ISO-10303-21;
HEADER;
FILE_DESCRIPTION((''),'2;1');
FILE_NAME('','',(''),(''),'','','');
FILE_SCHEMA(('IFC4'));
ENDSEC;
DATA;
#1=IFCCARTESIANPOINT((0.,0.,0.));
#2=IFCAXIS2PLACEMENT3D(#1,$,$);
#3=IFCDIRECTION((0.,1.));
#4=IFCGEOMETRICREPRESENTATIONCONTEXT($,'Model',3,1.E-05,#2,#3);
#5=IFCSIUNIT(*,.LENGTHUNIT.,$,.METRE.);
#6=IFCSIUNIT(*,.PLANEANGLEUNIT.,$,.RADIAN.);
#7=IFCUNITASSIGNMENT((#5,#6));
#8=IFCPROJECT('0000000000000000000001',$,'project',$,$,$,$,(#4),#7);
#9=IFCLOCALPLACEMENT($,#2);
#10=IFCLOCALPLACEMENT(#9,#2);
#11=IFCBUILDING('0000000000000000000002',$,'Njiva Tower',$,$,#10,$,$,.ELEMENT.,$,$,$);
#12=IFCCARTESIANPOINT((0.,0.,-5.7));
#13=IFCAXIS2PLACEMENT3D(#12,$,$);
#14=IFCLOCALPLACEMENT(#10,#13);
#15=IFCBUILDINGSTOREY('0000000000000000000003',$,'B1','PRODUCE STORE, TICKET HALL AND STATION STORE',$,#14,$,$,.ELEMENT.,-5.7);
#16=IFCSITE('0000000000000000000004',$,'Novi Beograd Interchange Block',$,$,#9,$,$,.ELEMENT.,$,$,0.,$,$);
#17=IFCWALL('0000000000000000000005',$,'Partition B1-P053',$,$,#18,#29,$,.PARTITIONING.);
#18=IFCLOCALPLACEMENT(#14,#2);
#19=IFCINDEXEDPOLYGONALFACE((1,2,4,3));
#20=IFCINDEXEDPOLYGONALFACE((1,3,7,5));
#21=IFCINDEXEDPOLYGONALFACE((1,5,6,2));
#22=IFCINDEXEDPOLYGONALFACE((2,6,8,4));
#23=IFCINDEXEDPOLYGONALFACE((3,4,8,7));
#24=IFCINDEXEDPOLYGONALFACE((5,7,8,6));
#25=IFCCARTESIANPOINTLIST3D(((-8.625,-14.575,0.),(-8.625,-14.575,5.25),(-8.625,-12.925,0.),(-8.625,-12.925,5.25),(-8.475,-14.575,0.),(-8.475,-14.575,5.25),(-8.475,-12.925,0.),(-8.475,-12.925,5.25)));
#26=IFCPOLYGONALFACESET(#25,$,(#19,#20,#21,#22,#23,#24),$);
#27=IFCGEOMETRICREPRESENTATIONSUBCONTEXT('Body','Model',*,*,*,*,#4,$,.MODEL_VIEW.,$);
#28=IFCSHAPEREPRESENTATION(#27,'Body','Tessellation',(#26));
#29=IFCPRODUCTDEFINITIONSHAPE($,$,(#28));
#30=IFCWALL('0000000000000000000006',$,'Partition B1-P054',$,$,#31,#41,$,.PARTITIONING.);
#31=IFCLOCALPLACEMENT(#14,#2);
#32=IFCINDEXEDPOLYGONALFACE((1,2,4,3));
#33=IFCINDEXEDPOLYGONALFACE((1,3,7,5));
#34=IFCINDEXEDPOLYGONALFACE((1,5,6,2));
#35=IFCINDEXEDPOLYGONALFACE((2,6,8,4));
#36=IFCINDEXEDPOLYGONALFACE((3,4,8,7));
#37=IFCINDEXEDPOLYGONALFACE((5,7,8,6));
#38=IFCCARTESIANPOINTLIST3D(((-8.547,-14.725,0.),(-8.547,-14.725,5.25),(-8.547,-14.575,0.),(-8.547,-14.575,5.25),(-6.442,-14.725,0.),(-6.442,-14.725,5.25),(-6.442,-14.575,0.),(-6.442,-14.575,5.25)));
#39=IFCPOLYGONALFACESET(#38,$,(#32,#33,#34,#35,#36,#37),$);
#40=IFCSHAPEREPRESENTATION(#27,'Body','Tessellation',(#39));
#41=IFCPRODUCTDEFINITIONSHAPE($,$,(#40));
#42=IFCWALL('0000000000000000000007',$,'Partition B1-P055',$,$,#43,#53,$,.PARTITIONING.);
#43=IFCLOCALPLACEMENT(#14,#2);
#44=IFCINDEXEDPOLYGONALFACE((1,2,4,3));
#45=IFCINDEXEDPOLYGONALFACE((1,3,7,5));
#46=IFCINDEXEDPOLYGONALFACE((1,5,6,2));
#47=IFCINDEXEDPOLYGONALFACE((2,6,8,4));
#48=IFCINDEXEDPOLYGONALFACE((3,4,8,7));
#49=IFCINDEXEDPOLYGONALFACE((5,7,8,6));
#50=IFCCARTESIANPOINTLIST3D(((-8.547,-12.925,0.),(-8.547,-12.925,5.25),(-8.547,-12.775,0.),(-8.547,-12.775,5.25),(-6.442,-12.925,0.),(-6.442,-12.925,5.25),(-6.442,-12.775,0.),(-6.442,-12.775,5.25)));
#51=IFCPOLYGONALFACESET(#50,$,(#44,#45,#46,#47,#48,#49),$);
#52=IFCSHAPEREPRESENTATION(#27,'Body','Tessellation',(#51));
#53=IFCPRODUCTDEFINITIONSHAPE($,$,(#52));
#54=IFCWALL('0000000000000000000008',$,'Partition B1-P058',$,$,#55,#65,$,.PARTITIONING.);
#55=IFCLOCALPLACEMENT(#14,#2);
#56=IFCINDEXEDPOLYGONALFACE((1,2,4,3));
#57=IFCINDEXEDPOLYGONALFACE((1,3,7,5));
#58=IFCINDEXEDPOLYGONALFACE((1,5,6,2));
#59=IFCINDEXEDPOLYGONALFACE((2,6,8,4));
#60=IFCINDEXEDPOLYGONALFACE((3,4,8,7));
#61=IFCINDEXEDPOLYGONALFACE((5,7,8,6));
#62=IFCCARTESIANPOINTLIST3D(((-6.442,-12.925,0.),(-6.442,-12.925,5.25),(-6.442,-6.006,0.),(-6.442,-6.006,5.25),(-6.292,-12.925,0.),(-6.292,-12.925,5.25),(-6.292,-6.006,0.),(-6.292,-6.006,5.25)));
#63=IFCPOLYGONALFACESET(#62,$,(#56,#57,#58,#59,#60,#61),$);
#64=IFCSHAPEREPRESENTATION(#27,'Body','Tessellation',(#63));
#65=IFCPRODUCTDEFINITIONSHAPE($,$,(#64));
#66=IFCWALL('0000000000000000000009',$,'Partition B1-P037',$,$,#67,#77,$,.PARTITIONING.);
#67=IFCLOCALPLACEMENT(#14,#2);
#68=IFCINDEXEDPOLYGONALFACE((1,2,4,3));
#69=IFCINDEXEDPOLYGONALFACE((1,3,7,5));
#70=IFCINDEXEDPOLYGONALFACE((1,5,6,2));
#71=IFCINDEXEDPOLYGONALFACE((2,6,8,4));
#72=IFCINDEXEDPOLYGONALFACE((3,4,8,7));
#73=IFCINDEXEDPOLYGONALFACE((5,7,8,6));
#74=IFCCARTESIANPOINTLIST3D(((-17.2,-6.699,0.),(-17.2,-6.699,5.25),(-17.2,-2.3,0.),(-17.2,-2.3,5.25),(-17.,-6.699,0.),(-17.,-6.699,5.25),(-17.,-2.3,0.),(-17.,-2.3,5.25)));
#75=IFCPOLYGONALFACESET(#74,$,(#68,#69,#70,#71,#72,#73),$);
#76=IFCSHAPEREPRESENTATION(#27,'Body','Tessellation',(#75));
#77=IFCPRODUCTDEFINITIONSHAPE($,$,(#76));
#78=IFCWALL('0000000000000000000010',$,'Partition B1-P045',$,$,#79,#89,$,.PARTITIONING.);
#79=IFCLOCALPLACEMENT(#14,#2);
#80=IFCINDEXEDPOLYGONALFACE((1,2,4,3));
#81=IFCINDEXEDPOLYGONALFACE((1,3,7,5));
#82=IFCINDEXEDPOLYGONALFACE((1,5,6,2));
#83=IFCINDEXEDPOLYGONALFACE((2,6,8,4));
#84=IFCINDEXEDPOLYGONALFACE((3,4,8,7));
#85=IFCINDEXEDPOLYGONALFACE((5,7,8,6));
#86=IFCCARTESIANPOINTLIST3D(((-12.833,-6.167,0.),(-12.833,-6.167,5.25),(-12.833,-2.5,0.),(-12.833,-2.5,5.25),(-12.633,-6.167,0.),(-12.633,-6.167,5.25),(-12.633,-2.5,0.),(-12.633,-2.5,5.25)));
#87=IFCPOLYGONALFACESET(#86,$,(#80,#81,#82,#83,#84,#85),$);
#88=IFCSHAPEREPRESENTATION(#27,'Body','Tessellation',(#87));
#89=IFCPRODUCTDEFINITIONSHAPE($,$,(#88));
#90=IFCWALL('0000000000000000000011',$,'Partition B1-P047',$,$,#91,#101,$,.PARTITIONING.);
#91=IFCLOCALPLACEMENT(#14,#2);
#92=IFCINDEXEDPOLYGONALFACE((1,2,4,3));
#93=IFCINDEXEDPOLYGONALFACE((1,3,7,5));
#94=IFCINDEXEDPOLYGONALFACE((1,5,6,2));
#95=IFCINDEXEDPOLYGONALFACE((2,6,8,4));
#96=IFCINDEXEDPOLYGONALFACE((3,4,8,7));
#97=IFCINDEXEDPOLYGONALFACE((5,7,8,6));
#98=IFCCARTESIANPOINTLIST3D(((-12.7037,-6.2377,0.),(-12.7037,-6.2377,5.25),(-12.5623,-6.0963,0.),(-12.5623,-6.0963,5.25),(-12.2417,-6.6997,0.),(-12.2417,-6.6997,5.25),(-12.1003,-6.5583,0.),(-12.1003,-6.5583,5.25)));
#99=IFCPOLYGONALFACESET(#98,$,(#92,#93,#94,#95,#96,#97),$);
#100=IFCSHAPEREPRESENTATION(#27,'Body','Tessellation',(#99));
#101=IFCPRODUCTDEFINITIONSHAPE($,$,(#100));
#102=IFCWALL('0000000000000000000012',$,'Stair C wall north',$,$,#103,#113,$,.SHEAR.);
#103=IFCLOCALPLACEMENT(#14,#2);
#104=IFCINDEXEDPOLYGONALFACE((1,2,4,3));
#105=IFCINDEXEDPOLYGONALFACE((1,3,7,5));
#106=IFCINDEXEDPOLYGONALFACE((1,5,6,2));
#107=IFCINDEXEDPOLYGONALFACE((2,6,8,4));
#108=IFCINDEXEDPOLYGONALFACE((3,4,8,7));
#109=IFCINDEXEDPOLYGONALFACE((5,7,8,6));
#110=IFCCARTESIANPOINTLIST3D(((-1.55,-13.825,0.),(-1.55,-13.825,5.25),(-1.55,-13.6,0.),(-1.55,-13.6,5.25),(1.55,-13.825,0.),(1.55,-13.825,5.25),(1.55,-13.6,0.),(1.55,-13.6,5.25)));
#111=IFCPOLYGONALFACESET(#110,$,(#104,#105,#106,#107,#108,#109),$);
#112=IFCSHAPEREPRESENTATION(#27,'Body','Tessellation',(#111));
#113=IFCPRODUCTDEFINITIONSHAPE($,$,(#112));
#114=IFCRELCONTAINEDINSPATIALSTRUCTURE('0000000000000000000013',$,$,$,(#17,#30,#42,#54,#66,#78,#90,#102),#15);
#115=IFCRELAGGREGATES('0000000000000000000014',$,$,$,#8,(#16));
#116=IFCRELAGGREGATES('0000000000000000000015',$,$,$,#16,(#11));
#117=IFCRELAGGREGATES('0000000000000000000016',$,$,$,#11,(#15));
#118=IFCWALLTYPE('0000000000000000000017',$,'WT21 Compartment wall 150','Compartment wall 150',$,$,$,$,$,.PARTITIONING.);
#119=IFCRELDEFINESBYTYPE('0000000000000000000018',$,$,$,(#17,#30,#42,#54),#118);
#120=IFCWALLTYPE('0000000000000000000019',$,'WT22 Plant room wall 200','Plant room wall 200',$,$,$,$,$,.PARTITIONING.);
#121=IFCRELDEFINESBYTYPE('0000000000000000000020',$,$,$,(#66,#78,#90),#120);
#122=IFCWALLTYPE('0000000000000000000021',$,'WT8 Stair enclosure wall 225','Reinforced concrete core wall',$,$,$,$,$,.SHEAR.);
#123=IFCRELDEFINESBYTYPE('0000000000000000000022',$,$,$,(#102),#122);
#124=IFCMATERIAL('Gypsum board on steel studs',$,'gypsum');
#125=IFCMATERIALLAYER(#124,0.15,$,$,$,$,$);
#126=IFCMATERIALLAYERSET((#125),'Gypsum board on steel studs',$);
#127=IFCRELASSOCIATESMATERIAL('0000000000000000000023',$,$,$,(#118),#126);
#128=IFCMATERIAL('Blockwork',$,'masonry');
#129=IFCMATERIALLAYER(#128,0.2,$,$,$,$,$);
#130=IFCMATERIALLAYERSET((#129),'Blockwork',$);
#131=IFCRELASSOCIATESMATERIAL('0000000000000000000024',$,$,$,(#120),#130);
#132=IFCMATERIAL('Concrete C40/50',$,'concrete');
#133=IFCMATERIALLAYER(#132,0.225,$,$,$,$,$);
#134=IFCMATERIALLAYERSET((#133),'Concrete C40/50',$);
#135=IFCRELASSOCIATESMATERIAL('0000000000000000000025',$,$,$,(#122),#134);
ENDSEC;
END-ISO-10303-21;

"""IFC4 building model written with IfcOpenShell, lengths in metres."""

from ifc_helpers import new_model, si_unit, direction, frame, frame_2d, origin, place, context, subcontext, project, spatial, rectangle, extrude, material, layer, layer_set, type_object, element, save


model = new_model("IFC4")

# Units and contexts
model_context = context("Model", 3, precision=1e-05, world=origin(), true_north=direction((0.0, 1.0)))
body_context = subcontext(model_context, "Body", "Model", "MODEL_VIEW")
ifc_project = project(units=[si_unit("LENGTHUNIT", "METRE"), si_unit("PLANEANGLEUNIT", "RADIAN")], contexts=[model_context])

# Site, building, storey
site_placement = place(None, origin())
site = spatial("IfcSite", under=ifc_project, at=site_placement, Name="Novi Beograd Interchange Block", CompositionType="ELEMENT", RefElevation=0.0)
building_placement = place(site_placement, origin())
building = spatial("IfcBuilding", under=site, at=building_placement, Name="Njiva Tower", CompositionType="ELEMENT")
storey_placement = place(building_placement, frame((0.0, 0.0, -5.7)))
storey = spatial("IfcBuildingStorey", under=building, at=storey_placement, Name="B1", Description="PRODUCE STORE, TICKET HALL AND STATION STORE", CompositionType="ELEMENT", Elevation=-5.7)

# Shared definitions
ifc_material_1 = material(Name="Gypsum board on steel studs", Category="gypsum")
ifc_layer_1 = layer(ifc_material_1, 0.15)
ifc_layer_set_1 = layer_set([ifc_layer_1], Name="Gypsum board on steel studs")
wall_type_1 = type_object("IfcWallType", Name="WT21 Compartment wall 150", Description="Compartment wall 150", PredefinedType="PARTITIONING", material=ifc_layer_set_1)

# Walls
wall_1_placement = place(storey_placement, frame((-8.55, -14.575, 0.0), z_axis=(0.0, 0.0, 1.0), x_axis=(0.0, 1.0, 0.0)))
element("IfcWall", 1, at=wall_1_placement, inside=storey, type_object=wall_type_1, Name="Partition B1-P053", PredefinedType="PARTITIONING", context=body_context, shape_type="SweptSolid", body=[
    extrude(rectangle(XDim=1.65, YDim=0.15, at=frame_2d((0.825, 0.0))), origin(), (0.0, 0.0, 1.0), 5.25),
])
for number, where, z_axis, x_axis, name in (
    (2, (-8.547, -14.65, 0.0), (0.0, 0.0, 1.0), (1.0, 0.0, 0.0), "Partition B1-P054"),
    (3, (-8.547, -12.85, 0.0), (0.0, 0.0, 1.0), (1.0, 0.0, 0.0), "Partition B1-P055"),
):
    element("IfcWall", number, at=place(storey_placement, frame(where, z_axis=z_axis, x_axis=x_axis)), inside=storey, type_object=wall_type_1, Name=name, PredefinedType="PARTITIONING", context=body_context, shape_type="SweptSolid", body=[
        extrude(rectangle(XDim=2.105, YDim=0.15, at=frame_2d((1.0525, 0.0))), origin(), (0.0, 0.0, 1.0), 5.25),
    ])
wall_2_placement = place(storey_placement, frame((-6.367, -12.925, 0.0), z_axis=(0.0, 0.0, 1.0), x_axis=(0.0, 1.0, 0.0)))
element("IfcWall", 4, at=wall_2_placement, inside=storey, type_object=wall_type_1, Name="Partition B1-P058", PredefinedType="PARTITIONING", context=body_context, shape_type="SweptSolid", body=[
    extrude(rectangle(XDim=6.919, YDim=0.15, at=frame_2d((3.4595, 0.0))), origin(), (0.0, 0.0, 1.0), 5.25),
])
ifc_material_2 = material(Name="Blockwork", Category="masonry")
ifc_layer_2 = layer(ifc_material_2, 0.2)
ifc_layer_set_2 = layer_set([ifc_layer_2], Name="Blockwork")
wall_type_2 = type_object("IfcWallType", Name="WT22 Plant room wall 200", Description="Plant room wall 200", PredefinedType="PARTITIONING", material=ifc_layer_set_2)
wall_3_placement = place(storey_placement, frame((-17.1, -6.699, 0.0), z_axis=(0.0, 0.0, 1.0), x_axis=(0.0, 1.0, 0.0)))
element("IfcWall", 5, at=wall_3_placement, inside=storey, type_object=wall_type_2, Name="Partition B1-P037", PredefinedType="PARTITIONING", context=body_context, shape_type="SweptSolid", body=[
    extrude(rectangle(XDim=4.399, YDim=0.2, at=frame_2d((2.1995, 0.0))), origin(), (0.0, 0.0, 1.0), 5.25),
])
wall_4_placement = place(storey_placement, frame((-12.733, -6.167, 0.0), z_axis=(0.0, 0.0, 1.0), x_axis=(0.0, 1.0, 0.0)))
element("IfcWall", 6, at=wall_4_placement, inside=storey, type_object=wall_type_2, Name="Partition B1-P045", PredefinedType="PARTITIONING", context=body_context, shape_type="SweptSolid", body=[
    extrude(rectangle(XDim=3.667, YDim=0.2, at=frame_2d((1.8335, 0.0))), origin(), (0.0, 0.0, 1.0), 5.25),
])
wall_5_placement = place(storey_placement, frame((-12.633, -6.167, 0.0), z_axis=(0.0, 0.0, 1.0), x_axis=(0.707107, -0.707107, 0.0)))
element("IfcWall", 7, at=wall_5_placement, inside=storey, type_object=wall_type_2, Name="Partition B1-P047", PredefinedType="PARTITIONING", context=body_context, shape_type="SweptSolid", body=[
    extrude(rectangle(XDim=0.6534, YDim=0.2, at=frame_2d((0.3267, 0.0))), origin(), (0.0, 0.0, 1.0), 5.25),
])
ifc_material_3 = material(Name="Concrete C40/50", Category="concrete")
ifc_layer_3 = layer(ifc_material_3, 0.225)
ifc_layer_set_3 = layer_set([ifc_layer_3], Name="Concrete C40/50")
wall_type_3 = type_object("IfcWallType", Name="WT8 Stair enclosure wall 225", Description="Reinforced concrete core wall", PredefinedType="SHEAR", material=ifc_layer_set_3)
wall_6_placement = place(storey_placement, frame((-1.55, -13.7125, 0.0), z_axis=(0.0, 0.0, 1.0), x_axis=(1.0, 0.0, 0.0)))
element("IfcWall", 8, at=wall_6_placement, inside=storey, type_object=wall_type_3, Name="Stair C wall north", PredefinedType="SHEAR", context=body_context, shape_type="SweptSolid", body=[
    extrude(rectangle(XDim=3.1, YDim=0.225, at=frame_2d((1.55, 0.0))), origin(), (0.0, 0.0, 1.0), 5.25),
])

save(model, "model.ifc")
